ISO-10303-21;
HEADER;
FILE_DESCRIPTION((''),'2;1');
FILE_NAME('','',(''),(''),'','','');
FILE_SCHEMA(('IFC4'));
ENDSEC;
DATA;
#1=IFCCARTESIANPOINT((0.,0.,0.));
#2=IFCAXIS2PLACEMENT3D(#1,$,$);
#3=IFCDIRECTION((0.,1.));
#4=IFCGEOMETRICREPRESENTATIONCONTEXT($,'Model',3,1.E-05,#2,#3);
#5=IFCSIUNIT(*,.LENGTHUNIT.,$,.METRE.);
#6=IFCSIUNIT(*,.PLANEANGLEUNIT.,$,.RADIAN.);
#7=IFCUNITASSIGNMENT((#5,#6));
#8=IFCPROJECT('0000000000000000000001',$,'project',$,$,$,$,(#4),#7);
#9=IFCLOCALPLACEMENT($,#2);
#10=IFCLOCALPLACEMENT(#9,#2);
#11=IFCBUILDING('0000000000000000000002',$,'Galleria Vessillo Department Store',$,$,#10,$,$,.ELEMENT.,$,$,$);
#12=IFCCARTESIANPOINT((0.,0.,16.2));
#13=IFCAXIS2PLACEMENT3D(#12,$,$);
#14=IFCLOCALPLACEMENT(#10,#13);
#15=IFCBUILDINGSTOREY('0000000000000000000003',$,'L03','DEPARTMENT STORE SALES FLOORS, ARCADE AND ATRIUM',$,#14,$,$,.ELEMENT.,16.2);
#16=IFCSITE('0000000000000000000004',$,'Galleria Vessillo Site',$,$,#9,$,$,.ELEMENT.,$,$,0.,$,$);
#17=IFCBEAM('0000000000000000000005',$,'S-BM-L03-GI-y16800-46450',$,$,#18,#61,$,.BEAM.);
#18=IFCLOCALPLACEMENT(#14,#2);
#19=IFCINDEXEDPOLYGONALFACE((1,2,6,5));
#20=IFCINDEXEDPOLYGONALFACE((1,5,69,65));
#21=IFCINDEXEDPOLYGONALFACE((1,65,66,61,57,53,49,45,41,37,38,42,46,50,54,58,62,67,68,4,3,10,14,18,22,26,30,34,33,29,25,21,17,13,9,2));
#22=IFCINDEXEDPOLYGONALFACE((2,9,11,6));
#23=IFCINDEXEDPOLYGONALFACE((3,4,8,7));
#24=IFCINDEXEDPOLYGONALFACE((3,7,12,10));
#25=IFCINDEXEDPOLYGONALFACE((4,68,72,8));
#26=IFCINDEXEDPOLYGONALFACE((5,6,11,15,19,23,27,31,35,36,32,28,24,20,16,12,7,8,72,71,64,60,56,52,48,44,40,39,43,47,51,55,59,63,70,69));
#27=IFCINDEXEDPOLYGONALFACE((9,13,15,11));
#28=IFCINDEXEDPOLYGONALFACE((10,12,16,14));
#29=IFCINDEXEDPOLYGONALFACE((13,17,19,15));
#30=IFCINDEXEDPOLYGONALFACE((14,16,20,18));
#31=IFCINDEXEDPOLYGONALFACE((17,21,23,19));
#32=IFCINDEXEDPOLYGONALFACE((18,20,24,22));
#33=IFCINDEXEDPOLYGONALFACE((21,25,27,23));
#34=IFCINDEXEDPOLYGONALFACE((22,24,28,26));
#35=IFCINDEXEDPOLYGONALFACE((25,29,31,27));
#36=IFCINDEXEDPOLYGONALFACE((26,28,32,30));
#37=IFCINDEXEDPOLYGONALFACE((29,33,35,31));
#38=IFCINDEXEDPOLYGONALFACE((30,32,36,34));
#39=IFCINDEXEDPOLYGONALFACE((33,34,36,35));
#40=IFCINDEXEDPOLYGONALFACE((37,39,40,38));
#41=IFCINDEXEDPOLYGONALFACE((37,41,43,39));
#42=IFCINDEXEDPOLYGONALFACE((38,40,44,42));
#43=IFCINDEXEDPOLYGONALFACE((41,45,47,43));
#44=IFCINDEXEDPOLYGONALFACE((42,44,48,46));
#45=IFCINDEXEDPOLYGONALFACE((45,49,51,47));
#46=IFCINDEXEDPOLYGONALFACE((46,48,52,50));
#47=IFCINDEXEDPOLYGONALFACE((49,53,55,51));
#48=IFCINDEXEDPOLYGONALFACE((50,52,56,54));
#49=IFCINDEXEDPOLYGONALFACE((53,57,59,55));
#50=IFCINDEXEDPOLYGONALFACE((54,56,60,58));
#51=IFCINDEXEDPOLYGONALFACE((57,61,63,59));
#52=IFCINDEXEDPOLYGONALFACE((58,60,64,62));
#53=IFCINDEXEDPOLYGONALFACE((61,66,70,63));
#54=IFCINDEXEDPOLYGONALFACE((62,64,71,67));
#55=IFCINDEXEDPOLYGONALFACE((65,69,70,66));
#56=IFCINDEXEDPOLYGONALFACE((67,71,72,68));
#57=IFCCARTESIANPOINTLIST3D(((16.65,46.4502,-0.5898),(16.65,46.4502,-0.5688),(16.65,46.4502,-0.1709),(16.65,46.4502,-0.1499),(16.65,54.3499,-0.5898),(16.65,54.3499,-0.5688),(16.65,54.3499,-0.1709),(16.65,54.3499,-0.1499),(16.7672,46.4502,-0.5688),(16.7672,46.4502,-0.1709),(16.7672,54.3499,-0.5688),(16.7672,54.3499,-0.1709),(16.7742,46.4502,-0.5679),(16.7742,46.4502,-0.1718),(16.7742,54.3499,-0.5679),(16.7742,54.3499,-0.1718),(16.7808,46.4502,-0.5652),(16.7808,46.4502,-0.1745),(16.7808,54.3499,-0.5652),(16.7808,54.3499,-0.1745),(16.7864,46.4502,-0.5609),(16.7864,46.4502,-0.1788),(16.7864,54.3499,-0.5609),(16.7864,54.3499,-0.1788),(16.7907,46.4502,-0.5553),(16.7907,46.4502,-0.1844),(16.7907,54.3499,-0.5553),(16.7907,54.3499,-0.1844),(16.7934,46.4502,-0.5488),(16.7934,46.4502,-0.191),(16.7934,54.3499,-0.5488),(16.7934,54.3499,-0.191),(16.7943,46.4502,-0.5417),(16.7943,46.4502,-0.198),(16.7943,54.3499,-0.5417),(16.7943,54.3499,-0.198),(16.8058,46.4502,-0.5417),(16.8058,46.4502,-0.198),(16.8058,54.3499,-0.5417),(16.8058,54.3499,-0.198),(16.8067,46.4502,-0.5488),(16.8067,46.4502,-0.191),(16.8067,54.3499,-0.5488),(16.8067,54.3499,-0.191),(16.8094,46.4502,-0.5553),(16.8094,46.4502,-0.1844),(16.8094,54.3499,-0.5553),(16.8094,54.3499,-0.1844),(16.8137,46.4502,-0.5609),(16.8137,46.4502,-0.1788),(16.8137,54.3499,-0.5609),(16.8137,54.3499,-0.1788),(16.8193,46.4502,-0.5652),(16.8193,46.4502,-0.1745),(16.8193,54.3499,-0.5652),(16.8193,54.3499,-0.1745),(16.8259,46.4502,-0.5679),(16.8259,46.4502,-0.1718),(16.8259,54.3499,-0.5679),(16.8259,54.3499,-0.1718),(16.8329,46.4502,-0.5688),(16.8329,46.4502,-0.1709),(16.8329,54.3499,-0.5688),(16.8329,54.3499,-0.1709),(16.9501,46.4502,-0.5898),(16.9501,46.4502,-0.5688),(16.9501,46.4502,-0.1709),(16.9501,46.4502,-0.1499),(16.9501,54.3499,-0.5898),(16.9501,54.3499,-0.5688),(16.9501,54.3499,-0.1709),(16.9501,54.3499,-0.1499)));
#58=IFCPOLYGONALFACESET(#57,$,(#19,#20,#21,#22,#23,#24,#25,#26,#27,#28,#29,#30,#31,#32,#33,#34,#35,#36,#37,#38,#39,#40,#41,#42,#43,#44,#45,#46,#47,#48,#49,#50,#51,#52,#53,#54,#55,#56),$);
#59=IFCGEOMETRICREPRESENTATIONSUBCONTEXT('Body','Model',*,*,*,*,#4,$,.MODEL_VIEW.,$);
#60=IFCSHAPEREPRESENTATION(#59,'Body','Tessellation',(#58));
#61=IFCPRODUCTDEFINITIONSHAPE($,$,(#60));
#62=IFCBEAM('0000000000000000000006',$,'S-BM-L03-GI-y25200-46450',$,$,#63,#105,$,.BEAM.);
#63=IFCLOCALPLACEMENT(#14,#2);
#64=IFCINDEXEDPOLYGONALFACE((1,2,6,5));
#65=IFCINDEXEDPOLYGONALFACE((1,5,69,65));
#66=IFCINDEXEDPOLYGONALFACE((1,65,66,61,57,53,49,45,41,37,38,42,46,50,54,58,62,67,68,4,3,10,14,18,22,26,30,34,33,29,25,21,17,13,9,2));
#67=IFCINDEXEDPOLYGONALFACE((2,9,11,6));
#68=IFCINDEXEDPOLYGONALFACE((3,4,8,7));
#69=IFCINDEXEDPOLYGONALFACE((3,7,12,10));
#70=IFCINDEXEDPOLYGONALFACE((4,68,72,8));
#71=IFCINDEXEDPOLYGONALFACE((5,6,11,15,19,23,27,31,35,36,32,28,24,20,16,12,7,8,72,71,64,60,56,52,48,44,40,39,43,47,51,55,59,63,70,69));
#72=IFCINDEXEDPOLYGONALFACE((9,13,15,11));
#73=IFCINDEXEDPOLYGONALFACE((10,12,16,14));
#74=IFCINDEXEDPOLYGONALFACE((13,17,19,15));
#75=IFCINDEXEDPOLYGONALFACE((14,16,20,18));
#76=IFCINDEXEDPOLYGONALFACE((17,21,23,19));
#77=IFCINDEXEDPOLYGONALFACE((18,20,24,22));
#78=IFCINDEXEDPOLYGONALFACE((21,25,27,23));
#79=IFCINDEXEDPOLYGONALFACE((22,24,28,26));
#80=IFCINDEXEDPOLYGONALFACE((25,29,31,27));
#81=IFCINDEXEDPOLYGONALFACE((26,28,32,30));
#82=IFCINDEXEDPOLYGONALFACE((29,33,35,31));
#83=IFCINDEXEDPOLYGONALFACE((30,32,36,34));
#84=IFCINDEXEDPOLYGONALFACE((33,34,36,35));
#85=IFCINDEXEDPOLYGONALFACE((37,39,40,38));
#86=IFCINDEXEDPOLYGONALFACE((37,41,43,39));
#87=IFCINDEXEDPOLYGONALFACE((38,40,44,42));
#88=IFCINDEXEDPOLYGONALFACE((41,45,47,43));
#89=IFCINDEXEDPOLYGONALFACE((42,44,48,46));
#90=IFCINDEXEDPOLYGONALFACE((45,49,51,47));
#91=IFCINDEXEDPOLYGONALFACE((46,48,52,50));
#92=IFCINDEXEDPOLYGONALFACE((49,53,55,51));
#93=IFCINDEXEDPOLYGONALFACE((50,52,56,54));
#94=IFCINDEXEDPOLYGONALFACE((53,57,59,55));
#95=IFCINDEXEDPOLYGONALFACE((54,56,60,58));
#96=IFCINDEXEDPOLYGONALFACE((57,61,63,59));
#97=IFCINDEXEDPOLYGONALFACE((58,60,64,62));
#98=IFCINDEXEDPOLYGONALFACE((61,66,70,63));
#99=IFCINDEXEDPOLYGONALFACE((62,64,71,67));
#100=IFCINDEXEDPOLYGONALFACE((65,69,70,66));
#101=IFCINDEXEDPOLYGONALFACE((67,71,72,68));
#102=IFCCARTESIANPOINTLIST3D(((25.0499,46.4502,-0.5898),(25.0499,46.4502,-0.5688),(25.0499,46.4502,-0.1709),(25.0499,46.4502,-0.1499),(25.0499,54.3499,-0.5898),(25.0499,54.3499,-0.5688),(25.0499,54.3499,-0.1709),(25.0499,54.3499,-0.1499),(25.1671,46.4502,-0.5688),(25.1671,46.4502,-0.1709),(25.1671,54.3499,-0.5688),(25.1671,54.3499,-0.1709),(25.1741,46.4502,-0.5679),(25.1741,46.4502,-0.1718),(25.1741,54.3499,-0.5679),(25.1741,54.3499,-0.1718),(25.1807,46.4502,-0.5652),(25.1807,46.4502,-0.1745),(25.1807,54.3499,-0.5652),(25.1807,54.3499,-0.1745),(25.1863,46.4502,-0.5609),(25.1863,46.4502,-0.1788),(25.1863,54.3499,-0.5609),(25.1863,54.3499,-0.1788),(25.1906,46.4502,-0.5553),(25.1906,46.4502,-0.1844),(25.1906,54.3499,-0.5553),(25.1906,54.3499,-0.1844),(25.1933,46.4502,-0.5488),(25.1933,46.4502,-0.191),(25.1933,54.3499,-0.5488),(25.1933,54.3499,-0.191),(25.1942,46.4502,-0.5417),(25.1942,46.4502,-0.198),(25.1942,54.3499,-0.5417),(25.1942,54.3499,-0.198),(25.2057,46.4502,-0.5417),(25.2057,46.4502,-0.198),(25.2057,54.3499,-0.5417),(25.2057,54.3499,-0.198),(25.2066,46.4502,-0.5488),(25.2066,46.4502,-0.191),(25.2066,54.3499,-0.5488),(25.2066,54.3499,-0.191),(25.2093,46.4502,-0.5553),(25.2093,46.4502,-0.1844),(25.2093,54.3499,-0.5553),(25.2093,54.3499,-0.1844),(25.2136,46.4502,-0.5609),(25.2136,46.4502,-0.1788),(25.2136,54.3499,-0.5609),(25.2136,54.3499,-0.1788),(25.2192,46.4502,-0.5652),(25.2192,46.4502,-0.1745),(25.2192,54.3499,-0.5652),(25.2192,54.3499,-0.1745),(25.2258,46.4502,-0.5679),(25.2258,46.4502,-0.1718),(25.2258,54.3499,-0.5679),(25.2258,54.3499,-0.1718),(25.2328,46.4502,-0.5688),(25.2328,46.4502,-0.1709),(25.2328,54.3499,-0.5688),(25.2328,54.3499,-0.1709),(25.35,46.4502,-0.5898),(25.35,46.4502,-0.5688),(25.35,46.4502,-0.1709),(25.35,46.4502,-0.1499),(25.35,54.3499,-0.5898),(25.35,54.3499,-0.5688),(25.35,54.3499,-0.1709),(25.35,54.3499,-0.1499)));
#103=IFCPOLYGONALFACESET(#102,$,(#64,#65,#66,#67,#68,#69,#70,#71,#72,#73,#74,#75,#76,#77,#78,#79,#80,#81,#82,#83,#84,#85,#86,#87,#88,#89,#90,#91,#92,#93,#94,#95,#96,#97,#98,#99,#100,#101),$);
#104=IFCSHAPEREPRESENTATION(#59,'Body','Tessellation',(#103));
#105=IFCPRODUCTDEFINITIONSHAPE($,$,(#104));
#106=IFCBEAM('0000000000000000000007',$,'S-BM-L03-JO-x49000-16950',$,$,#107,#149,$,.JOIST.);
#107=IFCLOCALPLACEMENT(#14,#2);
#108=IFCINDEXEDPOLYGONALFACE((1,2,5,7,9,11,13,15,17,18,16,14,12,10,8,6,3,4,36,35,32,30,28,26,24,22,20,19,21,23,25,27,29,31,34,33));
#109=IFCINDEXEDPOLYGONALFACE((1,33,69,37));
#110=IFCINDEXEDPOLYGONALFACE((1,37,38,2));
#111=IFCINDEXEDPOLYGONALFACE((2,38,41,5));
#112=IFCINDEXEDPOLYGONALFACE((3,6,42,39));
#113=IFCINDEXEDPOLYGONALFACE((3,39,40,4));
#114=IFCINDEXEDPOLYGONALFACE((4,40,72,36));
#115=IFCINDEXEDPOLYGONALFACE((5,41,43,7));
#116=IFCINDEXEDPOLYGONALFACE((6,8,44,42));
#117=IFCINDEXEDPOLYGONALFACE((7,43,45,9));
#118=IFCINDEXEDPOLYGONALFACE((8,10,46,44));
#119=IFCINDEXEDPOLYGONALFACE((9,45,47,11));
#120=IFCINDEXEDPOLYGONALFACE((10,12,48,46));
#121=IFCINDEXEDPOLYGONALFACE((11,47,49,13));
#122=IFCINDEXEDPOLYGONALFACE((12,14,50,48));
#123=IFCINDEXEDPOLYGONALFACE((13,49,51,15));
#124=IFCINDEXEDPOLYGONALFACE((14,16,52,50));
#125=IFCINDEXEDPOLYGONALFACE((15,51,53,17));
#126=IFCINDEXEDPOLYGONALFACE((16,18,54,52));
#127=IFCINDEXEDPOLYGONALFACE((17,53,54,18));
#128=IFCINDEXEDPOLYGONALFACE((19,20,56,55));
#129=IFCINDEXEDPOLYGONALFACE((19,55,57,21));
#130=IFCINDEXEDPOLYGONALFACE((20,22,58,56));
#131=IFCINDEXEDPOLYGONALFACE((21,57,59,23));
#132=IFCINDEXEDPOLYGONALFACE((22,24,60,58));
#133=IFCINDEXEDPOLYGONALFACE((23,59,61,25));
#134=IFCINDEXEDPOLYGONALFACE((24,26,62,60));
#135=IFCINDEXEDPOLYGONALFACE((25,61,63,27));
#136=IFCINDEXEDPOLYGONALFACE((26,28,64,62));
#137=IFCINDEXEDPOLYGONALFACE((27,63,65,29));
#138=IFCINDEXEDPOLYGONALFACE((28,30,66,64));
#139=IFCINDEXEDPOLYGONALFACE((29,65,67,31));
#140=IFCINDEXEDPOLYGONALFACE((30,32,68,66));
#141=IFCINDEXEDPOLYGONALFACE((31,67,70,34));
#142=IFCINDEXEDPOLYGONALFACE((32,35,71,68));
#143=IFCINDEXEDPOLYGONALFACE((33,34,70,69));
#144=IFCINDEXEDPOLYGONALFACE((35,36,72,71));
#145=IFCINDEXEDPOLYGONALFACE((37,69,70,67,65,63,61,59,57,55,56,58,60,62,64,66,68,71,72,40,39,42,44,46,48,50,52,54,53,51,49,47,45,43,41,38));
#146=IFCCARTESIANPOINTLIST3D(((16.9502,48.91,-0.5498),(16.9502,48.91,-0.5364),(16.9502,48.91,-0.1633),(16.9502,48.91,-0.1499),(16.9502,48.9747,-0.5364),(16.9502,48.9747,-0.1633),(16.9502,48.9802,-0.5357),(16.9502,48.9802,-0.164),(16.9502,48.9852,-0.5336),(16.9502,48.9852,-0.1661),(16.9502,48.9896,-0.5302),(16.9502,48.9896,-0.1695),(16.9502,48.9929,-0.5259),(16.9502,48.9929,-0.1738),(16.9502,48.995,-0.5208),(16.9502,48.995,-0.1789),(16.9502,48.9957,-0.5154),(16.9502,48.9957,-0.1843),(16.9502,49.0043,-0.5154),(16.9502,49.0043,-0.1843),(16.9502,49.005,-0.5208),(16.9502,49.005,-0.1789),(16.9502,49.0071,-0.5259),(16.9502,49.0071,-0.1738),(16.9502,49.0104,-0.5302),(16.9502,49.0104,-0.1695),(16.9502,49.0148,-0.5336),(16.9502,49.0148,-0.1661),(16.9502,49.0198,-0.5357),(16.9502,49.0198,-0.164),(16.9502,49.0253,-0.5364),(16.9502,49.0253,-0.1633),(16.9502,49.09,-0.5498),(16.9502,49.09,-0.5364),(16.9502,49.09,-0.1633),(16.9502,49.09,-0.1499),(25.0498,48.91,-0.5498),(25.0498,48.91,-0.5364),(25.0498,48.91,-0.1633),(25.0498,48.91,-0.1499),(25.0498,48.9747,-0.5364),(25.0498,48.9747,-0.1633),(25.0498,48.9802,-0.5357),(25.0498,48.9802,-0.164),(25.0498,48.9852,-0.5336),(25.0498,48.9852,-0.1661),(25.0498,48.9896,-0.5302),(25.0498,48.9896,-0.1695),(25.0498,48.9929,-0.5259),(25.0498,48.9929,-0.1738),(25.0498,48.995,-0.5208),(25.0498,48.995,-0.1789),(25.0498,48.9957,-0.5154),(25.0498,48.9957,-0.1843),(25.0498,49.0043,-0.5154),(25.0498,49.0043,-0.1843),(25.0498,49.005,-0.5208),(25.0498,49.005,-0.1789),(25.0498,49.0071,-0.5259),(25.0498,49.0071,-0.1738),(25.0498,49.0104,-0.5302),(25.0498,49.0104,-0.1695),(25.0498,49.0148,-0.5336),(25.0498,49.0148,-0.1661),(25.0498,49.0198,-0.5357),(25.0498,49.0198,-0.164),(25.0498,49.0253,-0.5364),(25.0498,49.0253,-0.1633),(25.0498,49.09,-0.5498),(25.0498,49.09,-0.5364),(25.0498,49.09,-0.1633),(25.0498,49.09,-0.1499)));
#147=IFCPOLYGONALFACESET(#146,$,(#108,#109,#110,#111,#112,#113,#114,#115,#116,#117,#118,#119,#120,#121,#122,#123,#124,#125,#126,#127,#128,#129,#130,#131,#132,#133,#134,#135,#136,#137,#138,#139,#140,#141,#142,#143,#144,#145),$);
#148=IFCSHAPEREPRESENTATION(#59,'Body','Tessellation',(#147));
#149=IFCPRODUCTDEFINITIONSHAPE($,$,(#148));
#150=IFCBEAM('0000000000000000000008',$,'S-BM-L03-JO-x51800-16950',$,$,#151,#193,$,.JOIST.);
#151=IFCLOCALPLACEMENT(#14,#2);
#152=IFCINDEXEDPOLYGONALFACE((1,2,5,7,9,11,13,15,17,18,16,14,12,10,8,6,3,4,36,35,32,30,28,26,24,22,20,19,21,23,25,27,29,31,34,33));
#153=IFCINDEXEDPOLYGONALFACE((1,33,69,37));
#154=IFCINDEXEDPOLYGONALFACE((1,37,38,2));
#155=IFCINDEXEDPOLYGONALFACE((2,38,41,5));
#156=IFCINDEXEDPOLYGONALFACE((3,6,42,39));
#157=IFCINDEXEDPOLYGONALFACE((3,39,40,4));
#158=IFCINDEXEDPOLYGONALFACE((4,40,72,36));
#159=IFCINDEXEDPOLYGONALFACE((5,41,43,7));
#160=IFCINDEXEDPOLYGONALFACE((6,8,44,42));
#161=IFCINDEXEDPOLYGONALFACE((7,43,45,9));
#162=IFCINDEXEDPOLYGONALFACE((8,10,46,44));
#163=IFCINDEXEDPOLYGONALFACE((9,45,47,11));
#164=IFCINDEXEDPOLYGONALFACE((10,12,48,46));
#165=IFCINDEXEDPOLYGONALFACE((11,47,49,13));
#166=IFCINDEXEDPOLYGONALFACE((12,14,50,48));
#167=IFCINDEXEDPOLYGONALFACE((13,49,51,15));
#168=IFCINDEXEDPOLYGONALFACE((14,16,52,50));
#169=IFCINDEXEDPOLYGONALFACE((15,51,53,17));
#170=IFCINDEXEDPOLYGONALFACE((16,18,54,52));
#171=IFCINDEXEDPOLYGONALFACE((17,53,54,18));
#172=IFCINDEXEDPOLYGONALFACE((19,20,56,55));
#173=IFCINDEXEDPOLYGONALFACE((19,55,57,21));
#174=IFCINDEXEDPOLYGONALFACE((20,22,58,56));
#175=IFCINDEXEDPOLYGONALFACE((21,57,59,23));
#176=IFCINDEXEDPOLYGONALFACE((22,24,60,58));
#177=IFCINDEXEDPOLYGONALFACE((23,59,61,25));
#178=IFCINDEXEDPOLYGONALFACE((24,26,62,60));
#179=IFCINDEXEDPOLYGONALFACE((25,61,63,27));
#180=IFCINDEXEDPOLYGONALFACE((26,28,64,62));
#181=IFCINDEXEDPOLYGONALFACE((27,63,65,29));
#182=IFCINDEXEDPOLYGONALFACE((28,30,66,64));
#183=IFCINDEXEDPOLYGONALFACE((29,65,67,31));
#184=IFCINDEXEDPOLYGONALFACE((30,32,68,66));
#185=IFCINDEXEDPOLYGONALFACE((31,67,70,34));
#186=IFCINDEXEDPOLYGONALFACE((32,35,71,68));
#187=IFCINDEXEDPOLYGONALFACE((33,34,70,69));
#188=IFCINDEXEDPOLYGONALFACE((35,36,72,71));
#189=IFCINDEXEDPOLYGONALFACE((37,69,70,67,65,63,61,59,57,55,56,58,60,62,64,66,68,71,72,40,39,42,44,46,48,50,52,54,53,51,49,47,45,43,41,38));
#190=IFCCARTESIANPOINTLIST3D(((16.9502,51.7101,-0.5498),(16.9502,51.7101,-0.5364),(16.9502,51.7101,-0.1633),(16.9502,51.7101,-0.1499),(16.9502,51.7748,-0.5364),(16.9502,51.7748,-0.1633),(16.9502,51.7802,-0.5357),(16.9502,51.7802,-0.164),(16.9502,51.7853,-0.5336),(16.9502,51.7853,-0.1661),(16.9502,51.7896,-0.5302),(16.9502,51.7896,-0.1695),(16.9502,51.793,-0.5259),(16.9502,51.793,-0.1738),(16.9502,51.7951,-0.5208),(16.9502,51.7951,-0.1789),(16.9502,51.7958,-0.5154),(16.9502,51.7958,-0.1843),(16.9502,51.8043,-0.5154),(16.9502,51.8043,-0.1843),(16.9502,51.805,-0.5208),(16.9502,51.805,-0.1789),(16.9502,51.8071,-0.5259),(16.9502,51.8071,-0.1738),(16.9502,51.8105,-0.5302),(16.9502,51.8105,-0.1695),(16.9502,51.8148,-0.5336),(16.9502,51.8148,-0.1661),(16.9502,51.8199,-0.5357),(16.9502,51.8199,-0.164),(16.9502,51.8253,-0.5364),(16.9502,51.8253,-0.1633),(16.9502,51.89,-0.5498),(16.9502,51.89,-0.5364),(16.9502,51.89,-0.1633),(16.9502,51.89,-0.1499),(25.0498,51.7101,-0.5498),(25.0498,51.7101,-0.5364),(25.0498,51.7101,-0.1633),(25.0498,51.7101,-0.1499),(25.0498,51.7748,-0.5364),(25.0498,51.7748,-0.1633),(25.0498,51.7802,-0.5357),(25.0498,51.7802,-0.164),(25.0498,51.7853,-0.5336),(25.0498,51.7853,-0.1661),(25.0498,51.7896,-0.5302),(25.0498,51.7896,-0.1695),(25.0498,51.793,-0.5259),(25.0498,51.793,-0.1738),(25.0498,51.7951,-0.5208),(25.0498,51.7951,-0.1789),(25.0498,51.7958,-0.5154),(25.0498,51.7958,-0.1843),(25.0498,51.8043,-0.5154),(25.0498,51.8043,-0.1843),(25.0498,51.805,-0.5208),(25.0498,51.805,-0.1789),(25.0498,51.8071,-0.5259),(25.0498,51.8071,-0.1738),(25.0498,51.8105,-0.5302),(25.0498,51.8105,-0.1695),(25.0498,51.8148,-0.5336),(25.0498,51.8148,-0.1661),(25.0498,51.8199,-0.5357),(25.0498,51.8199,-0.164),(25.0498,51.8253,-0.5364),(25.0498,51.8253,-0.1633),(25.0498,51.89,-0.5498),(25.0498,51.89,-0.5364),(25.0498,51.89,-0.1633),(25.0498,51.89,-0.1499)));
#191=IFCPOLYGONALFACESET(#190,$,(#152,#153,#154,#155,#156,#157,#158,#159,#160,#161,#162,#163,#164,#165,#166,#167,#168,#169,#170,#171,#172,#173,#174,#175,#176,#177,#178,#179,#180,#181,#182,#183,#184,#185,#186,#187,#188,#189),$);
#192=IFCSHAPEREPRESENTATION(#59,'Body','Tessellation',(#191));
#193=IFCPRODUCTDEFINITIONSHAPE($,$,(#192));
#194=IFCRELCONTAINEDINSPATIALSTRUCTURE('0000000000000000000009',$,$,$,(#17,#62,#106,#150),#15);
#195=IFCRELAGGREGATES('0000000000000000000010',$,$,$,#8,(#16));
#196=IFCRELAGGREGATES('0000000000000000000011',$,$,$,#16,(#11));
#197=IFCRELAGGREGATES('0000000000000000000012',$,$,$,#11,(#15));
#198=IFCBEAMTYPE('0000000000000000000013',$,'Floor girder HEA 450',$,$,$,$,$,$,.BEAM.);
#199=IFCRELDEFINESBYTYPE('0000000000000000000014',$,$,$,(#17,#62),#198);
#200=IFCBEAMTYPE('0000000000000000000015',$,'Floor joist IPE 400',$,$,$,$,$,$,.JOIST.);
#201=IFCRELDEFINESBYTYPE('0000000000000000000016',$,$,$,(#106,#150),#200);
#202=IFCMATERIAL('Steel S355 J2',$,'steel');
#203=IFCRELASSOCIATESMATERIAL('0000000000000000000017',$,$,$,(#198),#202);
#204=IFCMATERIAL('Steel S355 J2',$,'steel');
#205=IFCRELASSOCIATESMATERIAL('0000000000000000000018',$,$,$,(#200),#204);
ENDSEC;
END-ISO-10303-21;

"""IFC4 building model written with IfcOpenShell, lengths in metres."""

from ifc_helpers import new_model, si_unit, direction, frame, origin, origin_2d, place, context, subcontext, project, spatial, i_section, extrude, material, material_profile, profile_set, type_object, element, save


model = new_model("IFC4")

# Units and contexts
model_context = context("Model", 3, precision=1e-05, world=origin(), true_north=direction((0.0, 1.0)))
body_context = subcontext(model_context, "Body", "Model", "MODEL_VIEW")
ifc_project = project(units=[si_unit("LENGTHUNIT", "METRE"), si_unit("PLANEANGLEUNIT", "RADIAN")], contexts=[model_context])

# Site, building, storey
site_placement = place(None, origin())
site = spatial("IfcSite", under=ifc_project, at=site_placement, Name="Galleria Vessillo Site", CompositionType="ELEMENT", RefElevation=0.0)
building_placement = place(site_placement, origin())
building = spatial("IfcBuilding", under=site, at=building_placement, Name="Galleria Vessillo Department Store", CompositionType="ELEMENT")
storey_placement = place(building_placement, frame((0.0, 0.0, 16.2)))
storey = spatial("IfcBuildingStorey", under=building, at=storey_placement, Name="L03", Description="DEPARTMENT STORE SALES FLOORS, ARCADE AND ATRIUM", CompositionType="ELEMENT", Elevation=16.2)

# Beams
ifc_material_1 = material(Name="Steel S355 J2", Category="steel")
ifc_material_profile_1 = material_profile(ifc_material_1, i_section(OverallWidth=0.3, OverallDepth=0.4399, WebThickness=0.0115, FlangeThickness=0.021, FilletRadius=0.0271, at=origin_2d()), Name="HEA 450")
ifc_profile_set_1 = profile_set([ifc_material_profile_1], Name="Steel S355 J2")
beam_type_1 = type_object("IfcBeamType", Name="Floor girder HEA 450", PredefinedType="BEAM", material=ifc_profile_set_1)
for number, where, z_axis, x_axis, name in (
    (1, (16.8, 46.4502, -0.3699), (0.0, 1.0, 0.0), (-1.0, 0.0, 0.0), "S-BM-L03-GI-y16800-46450"),
    (2, (25.2, 46.4502, -0.3699), (0.0, 1.0, 0.0), (-1.0, 0.0, 0.0), "S-BM-L03-GI-y25200-46450"),
):
    element("IfcBeam", number, at=place(storey_placement, frame(where, z_axis=z_axis, x_axis=x_axis)), inside=storey, type_object=beam_type_1, Name=name, PredefinedType="BEAM", context=body_context, shape_type="SweptSolid", body=[
        extrude(i_section(OverallWidth=0.3, OverallDepth=0.4399, WebThickness=0.0115, FlangeThickness=0.021, FilletRadius=0.0271, at=origin_2d()), origin(), (0.0, 0.0, 1.0), 7.8997),
    ])
ifc_material_2 = material(Name="Steel S355 J2", Category="steel")
ifc_material_profile_2 = material_profile(ifc_material_2, i_section(OverallWidth=0.1799, OverallDepth=0.3999, WebThickness=0.0085, FlangeThickness=0.0134, FilletRadius=0.021, at=origin_2d()), Name="IPE 400")
ifc_profile_set_2 = profile_set([ifc_material_profile_2], Name="Steel S355 J2")
beam_type_2 = type_object("IfcBeamType", Name="Floor joist IPE 400", PredefinedType="JOIST", material=ifc_profile_set_2)
for number, where, z_axis, x_axis, name in (
    (3, (16.9502, 49.0, -0.3499), (1.0, 0.0, 0.0), (0.0, 1.0, 0.0), "S-BM-L03-JO-x49000-16950"),
    (4, (16.9502, 51.8, -0.3499), (1.0, 0.0, 0.0), (0.0, 1.0, 0.0), "S-BM-L03-JO-x51800-16950"),
):
    element("IfcBeam", number, at=place(storey_placement, frame(where, z_axis=z_axis, x_axis=x_axis)), inside=storey, type_object=beam_type_2, Name=name, PredefinedType="JOIST", context=body_context, shape_type="SweptSolid", body=[
        extrude(i_section(OverallWidth=0.1799, OverallDepth=0.3999, WebThickness=0.0085, FlangeThickness=0.0134, FilletRadius=0.021, at=origin_2d()), origin(), (0.0, 0.0, 1.0), 8.0996),
    ])

save(model, "model.ifc")
